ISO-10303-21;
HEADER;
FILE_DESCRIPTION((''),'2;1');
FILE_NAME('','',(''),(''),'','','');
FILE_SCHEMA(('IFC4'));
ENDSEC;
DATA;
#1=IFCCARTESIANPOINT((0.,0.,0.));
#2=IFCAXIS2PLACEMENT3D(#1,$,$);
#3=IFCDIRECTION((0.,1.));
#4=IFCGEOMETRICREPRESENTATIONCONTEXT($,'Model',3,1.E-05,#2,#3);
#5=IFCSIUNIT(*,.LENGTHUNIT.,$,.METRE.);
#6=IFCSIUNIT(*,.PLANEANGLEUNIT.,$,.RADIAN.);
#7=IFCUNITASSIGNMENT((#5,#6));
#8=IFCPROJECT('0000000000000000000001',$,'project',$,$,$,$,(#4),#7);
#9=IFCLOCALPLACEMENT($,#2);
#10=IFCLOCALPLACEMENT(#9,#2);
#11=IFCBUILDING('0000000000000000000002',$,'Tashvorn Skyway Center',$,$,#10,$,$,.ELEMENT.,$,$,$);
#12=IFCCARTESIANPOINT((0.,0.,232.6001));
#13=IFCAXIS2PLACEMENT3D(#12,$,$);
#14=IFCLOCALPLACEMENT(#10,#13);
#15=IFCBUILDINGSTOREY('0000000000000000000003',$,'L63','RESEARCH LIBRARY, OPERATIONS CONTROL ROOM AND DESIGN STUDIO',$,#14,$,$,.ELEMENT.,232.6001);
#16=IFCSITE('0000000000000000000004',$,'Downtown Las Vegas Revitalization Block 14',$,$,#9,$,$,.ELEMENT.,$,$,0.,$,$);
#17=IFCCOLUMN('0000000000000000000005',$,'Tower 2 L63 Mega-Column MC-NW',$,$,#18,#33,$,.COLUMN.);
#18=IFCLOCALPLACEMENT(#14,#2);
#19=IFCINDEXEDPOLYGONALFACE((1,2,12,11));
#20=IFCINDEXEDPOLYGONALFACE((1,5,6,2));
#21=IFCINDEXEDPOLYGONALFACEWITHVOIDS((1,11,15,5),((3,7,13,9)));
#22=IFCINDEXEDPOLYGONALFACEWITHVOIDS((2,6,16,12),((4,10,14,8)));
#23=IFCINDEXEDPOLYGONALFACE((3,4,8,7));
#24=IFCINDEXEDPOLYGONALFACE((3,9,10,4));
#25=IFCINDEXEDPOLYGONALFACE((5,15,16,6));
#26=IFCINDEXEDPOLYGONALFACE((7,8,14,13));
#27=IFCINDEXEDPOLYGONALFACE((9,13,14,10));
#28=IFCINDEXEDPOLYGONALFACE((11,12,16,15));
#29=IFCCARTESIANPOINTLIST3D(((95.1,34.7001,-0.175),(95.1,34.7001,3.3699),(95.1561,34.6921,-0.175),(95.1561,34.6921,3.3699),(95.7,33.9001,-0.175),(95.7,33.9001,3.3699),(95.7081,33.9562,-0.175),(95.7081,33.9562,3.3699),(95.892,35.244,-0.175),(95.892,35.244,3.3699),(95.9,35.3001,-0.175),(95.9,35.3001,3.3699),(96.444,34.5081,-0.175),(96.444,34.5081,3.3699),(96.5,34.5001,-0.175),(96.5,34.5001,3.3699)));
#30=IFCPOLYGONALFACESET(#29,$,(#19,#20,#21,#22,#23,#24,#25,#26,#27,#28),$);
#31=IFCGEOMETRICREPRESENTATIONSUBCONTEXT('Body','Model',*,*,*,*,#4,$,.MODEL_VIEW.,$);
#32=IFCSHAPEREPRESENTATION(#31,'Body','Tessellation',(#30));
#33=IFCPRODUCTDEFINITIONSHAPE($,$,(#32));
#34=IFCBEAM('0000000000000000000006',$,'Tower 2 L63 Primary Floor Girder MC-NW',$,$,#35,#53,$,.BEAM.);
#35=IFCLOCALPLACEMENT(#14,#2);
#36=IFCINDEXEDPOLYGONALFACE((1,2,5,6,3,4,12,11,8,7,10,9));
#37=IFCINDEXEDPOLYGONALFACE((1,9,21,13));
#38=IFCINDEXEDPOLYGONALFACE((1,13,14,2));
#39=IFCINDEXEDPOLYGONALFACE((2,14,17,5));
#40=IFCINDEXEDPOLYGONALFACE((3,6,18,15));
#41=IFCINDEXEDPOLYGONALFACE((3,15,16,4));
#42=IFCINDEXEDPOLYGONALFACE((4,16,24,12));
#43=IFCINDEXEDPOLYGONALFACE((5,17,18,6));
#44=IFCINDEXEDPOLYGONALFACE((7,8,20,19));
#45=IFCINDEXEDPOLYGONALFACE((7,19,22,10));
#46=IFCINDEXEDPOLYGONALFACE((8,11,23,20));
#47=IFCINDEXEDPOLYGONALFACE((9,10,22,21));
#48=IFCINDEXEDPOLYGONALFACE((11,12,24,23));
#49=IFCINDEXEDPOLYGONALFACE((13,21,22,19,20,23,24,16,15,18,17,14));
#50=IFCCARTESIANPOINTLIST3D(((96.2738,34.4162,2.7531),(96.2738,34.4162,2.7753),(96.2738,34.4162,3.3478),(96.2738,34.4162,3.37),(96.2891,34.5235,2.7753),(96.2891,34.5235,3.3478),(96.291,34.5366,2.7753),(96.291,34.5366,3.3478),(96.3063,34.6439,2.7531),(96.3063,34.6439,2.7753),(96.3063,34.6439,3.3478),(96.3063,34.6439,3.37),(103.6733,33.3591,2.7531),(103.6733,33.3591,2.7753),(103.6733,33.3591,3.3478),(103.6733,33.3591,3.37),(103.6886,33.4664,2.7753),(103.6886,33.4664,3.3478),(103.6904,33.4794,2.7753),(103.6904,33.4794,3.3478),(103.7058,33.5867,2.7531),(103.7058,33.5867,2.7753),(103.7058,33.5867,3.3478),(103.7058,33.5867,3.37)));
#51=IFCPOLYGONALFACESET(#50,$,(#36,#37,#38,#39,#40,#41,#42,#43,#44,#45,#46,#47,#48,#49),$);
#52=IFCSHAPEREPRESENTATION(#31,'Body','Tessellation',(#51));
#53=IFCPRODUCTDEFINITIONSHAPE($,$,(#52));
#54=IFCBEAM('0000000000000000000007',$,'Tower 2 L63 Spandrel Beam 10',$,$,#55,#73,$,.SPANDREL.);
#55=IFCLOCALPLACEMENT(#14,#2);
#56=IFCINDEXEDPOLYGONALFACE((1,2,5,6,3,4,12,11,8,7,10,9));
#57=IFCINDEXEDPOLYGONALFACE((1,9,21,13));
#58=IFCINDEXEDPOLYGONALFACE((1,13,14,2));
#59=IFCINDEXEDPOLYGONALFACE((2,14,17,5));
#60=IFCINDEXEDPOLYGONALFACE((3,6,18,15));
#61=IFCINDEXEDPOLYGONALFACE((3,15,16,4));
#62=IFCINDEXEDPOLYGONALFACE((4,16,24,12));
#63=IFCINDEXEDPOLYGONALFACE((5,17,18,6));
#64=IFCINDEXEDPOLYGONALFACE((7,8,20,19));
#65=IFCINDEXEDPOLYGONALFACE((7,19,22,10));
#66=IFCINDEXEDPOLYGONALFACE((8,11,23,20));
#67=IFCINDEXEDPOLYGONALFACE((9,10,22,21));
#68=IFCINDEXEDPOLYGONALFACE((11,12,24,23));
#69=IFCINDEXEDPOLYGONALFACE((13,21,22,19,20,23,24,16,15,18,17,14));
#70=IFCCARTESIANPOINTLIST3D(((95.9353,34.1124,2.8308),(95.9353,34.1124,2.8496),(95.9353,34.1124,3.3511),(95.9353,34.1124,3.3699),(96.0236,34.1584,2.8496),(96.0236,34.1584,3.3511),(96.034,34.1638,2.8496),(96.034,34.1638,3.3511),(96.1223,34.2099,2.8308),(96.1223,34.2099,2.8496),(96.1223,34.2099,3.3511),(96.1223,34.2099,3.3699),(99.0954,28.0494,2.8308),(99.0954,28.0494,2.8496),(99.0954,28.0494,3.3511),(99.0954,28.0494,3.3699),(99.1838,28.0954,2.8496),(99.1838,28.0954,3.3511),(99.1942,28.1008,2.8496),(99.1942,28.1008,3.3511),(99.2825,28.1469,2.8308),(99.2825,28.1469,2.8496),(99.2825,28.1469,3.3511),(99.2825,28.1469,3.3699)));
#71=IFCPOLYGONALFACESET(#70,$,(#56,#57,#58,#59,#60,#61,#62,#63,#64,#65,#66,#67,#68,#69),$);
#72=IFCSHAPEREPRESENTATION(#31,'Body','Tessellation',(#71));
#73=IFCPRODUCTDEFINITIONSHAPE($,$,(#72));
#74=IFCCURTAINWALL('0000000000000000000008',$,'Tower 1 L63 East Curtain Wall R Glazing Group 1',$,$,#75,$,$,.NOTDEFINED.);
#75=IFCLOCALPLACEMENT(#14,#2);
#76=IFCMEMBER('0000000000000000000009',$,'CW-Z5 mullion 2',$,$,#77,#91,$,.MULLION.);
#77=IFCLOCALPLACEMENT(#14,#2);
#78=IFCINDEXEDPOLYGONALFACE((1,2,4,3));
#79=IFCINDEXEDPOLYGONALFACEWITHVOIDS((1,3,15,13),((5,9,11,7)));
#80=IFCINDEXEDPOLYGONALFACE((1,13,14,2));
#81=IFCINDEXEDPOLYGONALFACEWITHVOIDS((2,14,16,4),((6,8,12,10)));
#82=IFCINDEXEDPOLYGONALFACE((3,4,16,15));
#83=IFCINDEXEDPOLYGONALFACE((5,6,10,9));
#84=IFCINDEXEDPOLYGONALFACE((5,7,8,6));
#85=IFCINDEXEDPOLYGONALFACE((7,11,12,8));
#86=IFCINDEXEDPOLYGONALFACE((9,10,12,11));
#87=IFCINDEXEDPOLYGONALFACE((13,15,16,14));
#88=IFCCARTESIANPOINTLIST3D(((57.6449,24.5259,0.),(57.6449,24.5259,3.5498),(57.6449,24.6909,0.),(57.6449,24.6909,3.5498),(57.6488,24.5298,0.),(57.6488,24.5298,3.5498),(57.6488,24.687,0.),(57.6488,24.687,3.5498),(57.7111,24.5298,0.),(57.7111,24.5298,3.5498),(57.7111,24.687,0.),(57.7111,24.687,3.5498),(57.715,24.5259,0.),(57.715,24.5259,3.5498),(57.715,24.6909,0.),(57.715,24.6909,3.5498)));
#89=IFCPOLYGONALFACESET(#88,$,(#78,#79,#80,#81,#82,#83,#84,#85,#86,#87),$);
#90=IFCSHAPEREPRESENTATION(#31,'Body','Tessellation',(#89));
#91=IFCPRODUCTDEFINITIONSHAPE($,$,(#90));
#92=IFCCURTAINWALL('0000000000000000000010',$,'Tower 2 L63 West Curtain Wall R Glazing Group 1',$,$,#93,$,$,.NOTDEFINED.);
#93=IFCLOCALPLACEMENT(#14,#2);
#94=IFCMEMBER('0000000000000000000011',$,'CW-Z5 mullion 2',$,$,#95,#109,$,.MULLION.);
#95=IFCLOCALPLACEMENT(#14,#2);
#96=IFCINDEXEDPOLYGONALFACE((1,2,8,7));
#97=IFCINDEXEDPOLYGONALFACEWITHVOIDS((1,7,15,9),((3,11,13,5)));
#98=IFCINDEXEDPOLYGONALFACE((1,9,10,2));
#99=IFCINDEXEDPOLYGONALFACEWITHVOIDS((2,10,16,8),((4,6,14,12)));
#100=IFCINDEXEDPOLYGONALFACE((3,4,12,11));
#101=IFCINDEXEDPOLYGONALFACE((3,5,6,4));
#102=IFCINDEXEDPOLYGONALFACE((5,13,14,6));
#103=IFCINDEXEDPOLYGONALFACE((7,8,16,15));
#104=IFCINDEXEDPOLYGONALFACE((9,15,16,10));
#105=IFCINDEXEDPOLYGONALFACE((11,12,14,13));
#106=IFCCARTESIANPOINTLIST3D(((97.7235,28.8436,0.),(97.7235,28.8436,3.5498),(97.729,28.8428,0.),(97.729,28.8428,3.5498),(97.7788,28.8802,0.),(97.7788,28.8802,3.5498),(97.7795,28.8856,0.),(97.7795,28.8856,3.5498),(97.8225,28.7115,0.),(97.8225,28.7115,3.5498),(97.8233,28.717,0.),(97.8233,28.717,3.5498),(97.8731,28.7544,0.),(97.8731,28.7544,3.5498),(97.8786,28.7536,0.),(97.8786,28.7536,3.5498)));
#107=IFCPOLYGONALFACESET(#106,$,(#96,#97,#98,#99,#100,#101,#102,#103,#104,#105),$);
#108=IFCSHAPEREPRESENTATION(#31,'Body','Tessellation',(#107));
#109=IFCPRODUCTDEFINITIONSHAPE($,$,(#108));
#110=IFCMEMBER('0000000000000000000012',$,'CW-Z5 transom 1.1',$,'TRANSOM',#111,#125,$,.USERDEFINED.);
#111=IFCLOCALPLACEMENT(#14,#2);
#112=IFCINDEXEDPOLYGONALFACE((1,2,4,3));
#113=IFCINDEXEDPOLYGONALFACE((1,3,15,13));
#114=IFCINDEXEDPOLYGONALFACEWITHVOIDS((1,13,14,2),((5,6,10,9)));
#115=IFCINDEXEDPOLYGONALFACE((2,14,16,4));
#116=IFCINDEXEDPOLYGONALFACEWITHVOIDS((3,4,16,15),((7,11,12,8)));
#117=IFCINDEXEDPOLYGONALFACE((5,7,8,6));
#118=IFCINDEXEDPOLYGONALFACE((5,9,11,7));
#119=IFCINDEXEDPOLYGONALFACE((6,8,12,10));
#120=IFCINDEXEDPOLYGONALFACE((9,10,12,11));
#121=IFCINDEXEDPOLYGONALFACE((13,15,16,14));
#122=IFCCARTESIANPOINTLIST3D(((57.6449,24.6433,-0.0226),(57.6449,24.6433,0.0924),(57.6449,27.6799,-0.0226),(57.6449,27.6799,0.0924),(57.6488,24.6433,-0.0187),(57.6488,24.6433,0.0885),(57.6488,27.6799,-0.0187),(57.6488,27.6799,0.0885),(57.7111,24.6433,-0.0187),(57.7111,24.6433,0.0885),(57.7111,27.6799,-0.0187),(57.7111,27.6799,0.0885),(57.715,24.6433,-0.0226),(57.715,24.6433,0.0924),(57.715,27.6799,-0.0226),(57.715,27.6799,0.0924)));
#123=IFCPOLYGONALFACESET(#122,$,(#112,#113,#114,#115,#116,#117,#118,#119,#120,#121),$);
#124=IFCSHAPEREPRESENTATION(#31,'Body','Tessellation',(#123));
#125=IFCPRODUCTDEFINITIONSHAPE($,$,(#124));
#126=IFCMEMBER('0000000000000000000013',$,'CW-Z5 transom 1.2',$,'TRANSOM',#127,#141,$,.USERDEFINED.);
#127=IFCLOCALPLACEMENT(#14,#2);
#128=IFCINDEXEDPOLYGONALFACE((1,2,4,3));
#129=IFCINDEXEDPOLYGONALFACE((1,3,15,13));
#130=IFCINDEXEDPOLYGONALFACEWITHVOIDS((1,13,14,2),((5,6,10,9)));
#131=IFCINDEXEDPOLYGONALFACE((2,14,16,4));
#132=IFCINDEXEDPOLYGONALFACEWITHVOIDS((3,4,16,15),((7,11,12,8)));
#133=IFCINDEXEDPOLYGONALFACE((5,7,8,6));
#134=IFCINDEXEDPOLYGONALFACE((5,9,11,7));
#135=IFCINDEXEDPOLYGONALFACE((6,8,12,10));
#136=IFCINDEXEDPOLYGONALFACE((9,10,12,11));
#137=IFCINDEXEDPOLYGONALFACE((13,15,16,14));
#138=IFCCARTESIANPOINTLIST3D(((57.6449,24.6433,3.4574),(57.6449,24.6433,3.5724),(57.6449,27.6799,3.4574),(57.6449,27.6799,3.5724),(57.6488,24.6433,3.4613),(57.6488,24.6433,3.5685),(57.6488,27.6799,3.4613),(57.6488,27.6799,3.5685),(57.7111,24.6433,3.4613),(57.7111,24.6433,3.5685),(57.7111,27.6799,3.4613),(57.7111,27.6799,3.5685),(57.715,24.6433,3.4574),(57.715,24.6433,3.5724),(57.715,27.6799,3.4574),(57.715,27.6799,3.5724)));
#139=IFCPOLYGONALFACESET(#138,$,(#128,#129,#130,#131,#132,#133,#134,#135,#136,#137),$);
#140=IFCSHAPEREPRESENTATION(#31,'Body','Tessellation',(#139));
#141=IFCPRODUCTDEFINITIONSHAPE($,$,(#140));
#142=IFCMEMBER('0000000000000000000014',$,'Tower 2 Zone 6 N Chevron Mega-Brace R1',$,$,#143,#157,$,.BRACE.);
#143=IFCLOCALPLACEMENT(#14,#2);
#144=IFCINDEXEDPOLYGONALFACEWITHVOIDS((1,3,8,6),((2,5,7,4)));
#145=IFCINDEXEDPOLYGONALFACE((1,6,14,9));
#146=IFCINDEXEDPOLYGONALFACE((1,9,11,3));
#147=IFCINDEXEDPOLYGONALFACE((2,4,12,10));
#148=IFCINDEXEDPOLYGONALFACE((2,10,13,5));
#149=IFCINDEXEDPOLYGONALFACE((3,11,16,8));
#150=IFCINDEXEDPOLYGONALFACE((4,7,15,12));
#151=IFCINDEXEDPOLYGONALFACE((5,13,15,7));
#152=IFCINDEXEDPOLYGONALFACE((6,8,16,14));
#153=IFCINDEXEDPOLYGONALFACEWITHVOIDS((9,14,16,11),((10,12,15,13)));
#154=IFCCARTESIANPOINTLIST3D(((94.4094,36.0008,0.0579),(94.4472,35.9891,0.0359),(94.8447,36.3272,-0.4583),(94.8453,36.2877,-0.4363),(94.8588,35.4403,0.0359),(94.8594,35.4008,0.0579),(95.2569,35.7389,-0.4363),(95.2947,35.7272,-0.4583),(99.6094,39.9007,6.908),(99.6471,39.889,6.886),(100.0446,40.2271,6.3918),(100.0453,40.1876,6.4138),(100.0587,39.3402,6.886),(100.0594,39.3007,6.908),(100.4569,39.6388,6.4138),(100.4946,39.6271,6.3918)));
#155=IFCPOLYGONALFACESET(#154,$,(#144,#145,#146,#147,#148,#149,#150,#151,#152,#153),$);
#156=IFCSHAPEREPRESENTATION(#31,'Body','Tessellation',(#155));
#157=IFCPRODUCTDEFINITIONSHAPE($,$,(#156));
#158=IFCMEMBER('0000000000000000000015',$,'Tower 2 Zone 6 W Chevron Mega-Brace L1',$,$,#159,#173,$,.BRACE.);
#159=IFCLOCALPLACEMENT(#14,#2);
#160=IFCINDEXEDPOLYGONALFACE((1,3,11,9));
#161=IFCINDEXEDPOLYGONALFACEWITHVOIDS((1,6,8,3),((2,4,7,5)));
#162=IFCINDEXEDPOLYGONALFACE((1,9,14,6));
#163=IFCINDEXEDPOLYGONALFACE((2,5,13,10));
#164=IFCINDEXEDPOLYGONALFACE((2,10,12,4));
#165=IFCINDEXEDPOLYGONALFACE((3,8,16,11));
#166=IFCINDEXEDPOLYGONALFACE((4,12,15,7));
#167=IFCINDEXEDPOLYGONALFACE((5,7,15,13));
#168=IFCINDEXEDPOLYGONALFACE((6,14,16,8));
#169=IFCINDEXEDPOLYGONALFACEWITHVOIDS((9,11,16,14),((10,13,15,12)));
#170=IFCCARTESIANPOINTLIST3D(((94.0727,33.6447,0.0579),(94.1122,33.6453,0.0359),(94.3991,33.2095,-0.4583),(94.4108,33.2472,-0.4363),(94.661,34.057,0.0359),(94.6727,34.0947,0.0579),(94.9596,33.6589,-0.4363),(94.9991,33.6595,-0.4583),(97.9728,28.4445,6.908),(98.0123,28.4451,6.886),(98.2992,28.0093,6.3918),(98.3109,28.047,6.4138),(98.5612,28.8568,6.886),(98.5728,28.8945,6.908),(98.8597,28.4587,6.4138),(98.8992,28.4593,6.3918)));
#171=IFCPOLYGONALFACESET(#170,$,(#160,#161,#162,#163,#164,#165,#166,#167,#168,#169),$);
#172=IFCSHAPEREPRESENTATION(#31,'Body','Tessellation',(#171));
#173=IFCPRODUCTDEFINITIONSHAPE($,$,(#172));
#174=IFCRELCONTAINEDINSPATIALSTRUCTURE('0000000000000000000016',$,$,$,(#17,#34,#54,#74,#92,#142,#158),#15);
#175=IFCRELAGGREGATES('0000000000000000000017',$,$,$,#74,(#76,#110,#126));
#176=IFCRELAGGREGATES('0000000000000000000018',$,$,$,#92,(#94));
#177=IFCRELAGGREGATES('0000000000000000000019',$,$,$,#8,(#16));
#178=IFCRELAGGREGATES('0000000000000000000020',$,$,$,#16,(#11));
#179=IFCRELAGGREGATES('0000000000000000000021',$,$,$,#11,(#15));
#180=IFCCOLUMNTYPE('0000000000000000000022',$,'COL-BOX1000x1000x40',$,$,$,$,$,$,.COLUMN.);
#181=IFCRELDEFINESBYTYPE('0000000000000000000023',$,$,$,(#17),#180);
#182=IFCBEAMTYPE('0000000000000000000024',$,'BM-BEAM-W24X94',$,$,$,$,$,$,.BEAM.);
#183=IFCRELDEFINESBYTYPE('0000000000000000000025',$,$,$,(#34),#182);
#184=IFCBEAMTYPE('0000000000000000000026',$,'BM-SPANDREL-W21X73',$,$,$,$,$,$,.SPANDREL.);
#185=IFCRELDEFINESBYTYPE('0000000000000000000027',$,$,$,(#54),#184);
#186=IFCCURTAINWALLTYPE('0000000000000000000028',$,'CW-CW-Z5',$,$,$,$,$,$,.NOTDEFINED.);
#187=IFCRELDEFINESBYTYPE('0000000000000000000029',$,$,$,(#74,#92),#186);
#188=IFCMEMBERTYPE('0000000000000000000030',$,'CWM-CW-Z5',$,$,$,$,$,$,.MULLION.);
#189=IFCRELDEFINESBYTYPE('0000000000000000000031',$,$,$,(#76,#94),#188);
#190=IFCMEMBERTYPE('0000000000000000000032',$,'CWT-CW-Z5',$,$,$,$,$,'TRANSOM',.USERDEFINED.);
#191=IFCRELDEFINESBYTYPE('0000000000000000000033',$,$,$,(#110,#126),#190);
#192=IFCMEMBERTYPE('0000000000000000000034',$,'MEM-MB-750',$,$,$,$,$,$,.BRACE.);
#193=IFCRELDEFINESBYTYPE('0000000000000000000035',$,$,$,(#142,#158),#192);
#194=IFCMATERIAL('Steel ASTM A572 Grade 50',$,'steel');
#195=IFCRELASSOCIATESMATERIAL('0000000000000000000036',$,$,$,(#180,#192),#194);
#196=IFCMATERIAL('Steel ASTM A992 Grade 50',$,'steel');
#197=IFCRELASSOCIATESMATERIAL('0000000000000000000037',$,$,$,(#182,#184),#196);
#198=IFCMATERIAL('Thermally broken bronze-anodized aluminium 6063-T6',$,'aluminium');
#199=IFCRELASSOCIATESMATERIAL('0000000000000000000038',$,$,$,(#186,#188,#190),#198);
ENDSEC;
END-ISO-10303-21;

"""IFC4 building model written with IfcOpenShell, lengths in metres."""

from ifc_helpers import new_model, si_unit, direction, frame, origin, origin_2d, place, context, subcontext, project, spatial, hollow_rectangle, i_section, extrude, material, material_profile, profile_set, type_object, element, aggregate, save


model = new_model("IFC4")

# Units and contexts
model_context = context("Model", 3, precision=1e-05, world=origin(), true_north=direction((0.0, 1.0)))
body_context = subcontext(model_context, "Body", "Model", "MODEL_VIEW")
ifc_project = project(units=[si_unit("LENGTHUNIT", "METRE"), si_unit("PLANEANGLEUNIT", "RADIAN")], contexts=[model_context])

# Site, building, storey
site_placement = place(None, origin())
site = spatial("IfcSite", under=ifc_project, at=site_placement, Name="Downtown Las Vegas Revitalization Block 14", CompositionType="ELEMENT", RefElevation=0.0)
building_placement = place(site_placement, origin())
building = spatial("IfcBuilding", under=site, at=building_placement, Name="Tashvorn Skyway Center", CompositionType="ELEMENT")
storey_placement = place(building_placement, frame((0.0, 0.0, 232.6001)))
storey = spatial("IfcBuildingStorey", under=building, at=storey_placement, Name="L63", Description="RESEARCH LIBRARY, OPERATIONS CONTROL ROOM AND DESIGN STUDIO", CompositionType="ELEMENT", Elevation=232.6001)

# Column
ifc_material_1 = material(Name="Steel ASTM A572 Grade 50", Category="steel")
ifc_material_profile_1 = material_profile(ifc_material_1, hollow_rectangle(XDim=1.0, YDim=1.0, WallThickness=0.04, at=origin_2d()), Name="BOX1000x1000x40")
ifc_profile_set_1 = profile_set([ifc_material_profile_1], Name="Steel ASTM A572 Grade 50")
column_type = type_object("IfcColumnType", Name="COL-BOX1000x1000x40", PredefinedType="COLUMN", material=ifc_profile_set_1)
column_placement = place(storey_placement, frame((95.8, 34.6001, -0.175), z_axis=(0.0, 0.0, 1.0), x_axis=(0.8, 0.6, 0.0)))
element("IfcColumn", 1, at=column_placement, inside=storey, type_object=column_type, Name="Tower 2 L63 Mega-Column MC-NW", PredefinedType="COLUMN", context=body_context, shape_type="SweptSolid", body=[
    extrude(hollow_rectangle(XDim=1.0, YDim=1.0, WallThickness=0.04, at=origin_2d()), origin(), (0.0, 0.0, 1.0), 3.5449),
])

# Beams
ifc_material_2 = material(Name="Steel ASTM A992 Grade 50", Category="steel")
ifc_material_profile_2 = material_profile(ifc_material_2, i_section(OverallWidth=0.23, OverallDepth=0.6169, WebThickness=0.0132, FlangeThickness=0.0222, at=origin_2d()), Name="W24X94")
ifc_profile_set_2 = profile_set([ifc_material_profile_2], Name="Steel ASTM A992 Grade 50")
beam_type_1 = type_object("IfcBeamType", Name="BM-BEAM-W24X94", PredefinedType="BEAM", material=ifc_profile_set_2)
beam_1_placement = place(storey_placement, frame((96.29, 34.53, 3.0615), z_axis=(0.989948, -0.141431, 0.0), x_axis=(0.141431, 0.989948, 0.0)))
element("IfcBeam", 2, at=beam_1_placement, inside=storey, type_object=beam_type_1, Name="Tower 2 L63 Primary Floor Girder MC-NW", PredefinedType="BEAM", context=body_context, shape_type="SweptSolid", body=[
    extrude(i_section(OverallWidth=0.23, OverallDepth=0.6169, WebThickness=0.0132, FlangeThickness=0.0222, at=origin_2d()), origin(), (0.0, 0.0, 1.0), 7.4746),
])
ifc_material_profile_3 = material_profile(ifc_material_2, i_section(OverallWidth=0.2109, OverallDepth=0.5391, WebThickness=0.0117, FlangeThickness=0.0188, at=origin_2d()), Name="W21X73")
ifc_profile_set_3 = profile_set([ifc_material_profile_3], Name="Steel ASTM A992 Grade 50")
beam_type_2 = type_object("IfcBeamType", Name="BM-SPANDREL-W21X73", PredefinedType="SPANDREL", material=ifc_profile_set_3)
beam_2_placement = place(storey_placement, frame((96.0288, 34.1611, 3.1003), z_axis=(0.462205, -0.886773, 0.0), x_axis=(0.886773, 0.462205, 0.0)))
element("IfcBeam", 3, at=beam_2_placement, inside=storey, type_object=beam_type_2, Name="Tower 2 L63 Spandrel Beam 10", PredefinedType="SPANDREL", context=body_context, shape_type="SweptSolid", body=[
    extrude(i_section(OverallWidth=0.2109, OverallDepth=0.5391, WebThickness=0.0117, FlangeThickness=0.0188, at=origin_2d()), origin(), (0.0, 0.0, 1.0), 6.8372),
])

# Curtain walls, members
ifc_material_3 = material(Name="Thermally broken bronze-anodized aluminium 6063-T6", Category="aluminium")
curtain_wall_type = type_object("IfcCurtainWallType", Name="CW-CW-Z5", PredefinedType="NOTDEFINED", material=ifc_material_3)
curtain_wall_1_placement = place(storey_placement, origin())
curtain_wall_1 = element("IfcCurtainWall", 4, at=curtain_wall_1_placement, inside=storey, type_object=curtain_wall_type, Name="Tower 1 L63 East Curtain Wall R Glazing Group 1", PredefinedType="NOTDEFINED")
ifc_material_profile_4 = material_profile(ifc_material_3, hollow_rectangle(XDim=0.0701, YDim=0.165, WallThickness=0.0039, at=origin_2d()), Name="ALU-MULL-70x165")
ifc_profile_set_4 = profile_set([ifc_material_profile_4], Name="Thermally broken bronze-anodized aluminium 6063-T6")
member_type_1 = type_object("IfcMemberType", Name="CWM-CW-Z5", PredefinedType="MULLION", material=ifc_profile_set_4)
member_1_placement = place(storey_placement, frame((57.6799, 24.6084, 0.0), z_axis=(0.0, 0.0, 1.0), x_axis=(1.0, 0.0, 0.0)))
member_1 = element("IfcMember", 5, at=member_1_placement, type_object=member_type_1, Name="CW-Z5 mullion 2", PredefinedType="MULLION", context=body_context, shape_type="SweptSolid", body=[
    extrude(hollow_rectangle(XDim=0.0701, YDim=0.165, WallThickness=0.0039, at=origin_2d()), origin(), (0.0, 0.0, 1.0), 3.5498),
])
curtain_wall_2_placement = place(storey_placement, origin())
curtain_wall_2 = element("IfcCurtainWall", 6, at=curtain_wall_2_placement, inside=storey, type_object=curtain_wall_type, Name="Tower 2 L63 West Curtain Wall R Glazing Group 1", PredefinedType="NOTDEFINED")
member_2_placement = place(storey_placement, frame((97.801, 28.7986, 0.0), z_axis=(0.0, 0.0, 1.0), x_axis=(-0.800004, -0.599995, 0.0)))
member_2 = element("IfcMember", 7, at=member_2_placement, type_object=member_type_1, Name="CW-Z5 mullion 2", PredefinedType="MULLION", context=body_context, shape_type="SweptSolid", body=[
    extrude(hollow_rectangle(XDim=0.0701, YDim=0.165, WallThickness=0.0039, at=origin_2d()), origin(), (0.0, 0.0, 1.0), 3.5498),
])

# Members
ifc_material_profile_5 = material_profile(ifc_material_3, hollow_rectangle(XDim=0.0701, YDim=0.115, WallThickness=0.0039, at=origin_2d()), Name="ALU-TRAN-70x115")
ifc_profile_set_5 = profile_set([ifc_material_profile_5], Name="Thermally broken bronze-anodized aluminium 6063-T6")
member_type_2 = type_object("IfcMemberType", Name="CWT-CW-Z5", ElementType="TRANSOM", PredefinedType="USERDEFINED", material=ifc_profile_set_5)
member_3_placement = place(storey_placement, frame((57.6799, 27.6799, 0.0349), z_axis=(0.0, -1.0, 0.0), x_axis=(1.0, 0.0, 0.0)))
member_3 = element("IfcMember", 8, at=member_3_placement, type_object=member_type_2, Name="CW-Z5 transom 1.1", ObjectType="TRANSOM", PredefinedType="USERDEFINED", context=body_context, shape_type="SweptSolid", body=[
    extrude(hollow_rectangle(XDim=0.0701, YDim=0.115, WallThickness=0.0039, at=origin_2d()), origin(), (0.0, 0.0, 1.0), 3.0366),
])
member_4_placement = place(storey_placement, frame((57.6799, 27.6799, 3.5149), z_axis=(0.0, -1.0, 0.0), x_axis=(1.0, 0.0, 0.0)))
member_4 = element("IfcMember", 9, at=member_4_placement, type_object=member_type_2, Name="CW-Z5 transom 1.2", ObjectType="TRANSOM", PredefinedType="USERDEFINED", context=body_context, shape_type="SweptSolid", body=[
    extrude(hollow_rectangle(XDim=0.0701, YDim=0.115, WallThickness=0.0039, at=origin_2d()), origin(), (0.0, 0.0, 1.0), 3.0366),
])

# Members
ifc_material_profile_6 = material_profile(ifc_material_1, hollow_rectangle(XDim=0.75, YDim=0.75, WallThickness=0.032, at=origin_2d()), Name="BOX750x750x32")
ifc_profile_set_6 = profile_set([ifc_material_profile_6], Name="Steel ASTM A572 Grade 50")
member_type_3 = type_object("IfcMemberType", Name="MEM-MB-750", PredefinedType="BRACE", material=ifc_profile_set_6)
member_5_placement = place(storey_placement, frame((94.8521, 35.864, -0.2002), z_axis=(0.55066, 0.412989, 0.725406), x_axis=(-0.599994, 0.800005, 0.0)))
element("IfcMember", 10, at=member_5_placement, inside=storey, type_object=member_type_3, Name="Tower 2 Zone 6 N Chevron Mega-Brace R1", PredefinedType="BRACE", context=body_context, shape_type="SweptSolid", body=[
    extrude(hollow_rectangle(XDim=0.75, YDim=0.75, WallThickness=0.032, at=origin_2d()), origin(), (0.0, 0.0, 1.0), 9.4431),
])
member_6_placement = place(storey_placement, frame((94.5359, 33.6521, -0.2002), z_axis=(0.413004, -0.550672, 0.725388), x_axis=(0.8, 0.6, 0.0)))
element("IfcMember", 11, at=member_6_placement, inside=storey, type_object=member_type_3, Name="Tower 2 Zone 6 W Chevron Mega-Brace L1", PredefinedType="BRACE", context=body_context, shape_type="SweptSolid", body=[
    extrude(hollow_rectangle(XDim=0.75, YDim=0.75, WallThickness=0.032, at=origin_2d()), origin(), (0.0, 0.0, 1.0), 9.4434),
])

aggregate(curtain_wall_1, [member_1, member_3, member_4])
aggregate(curtain_wall_2, [member_2])

save(model, "model.ifc")
